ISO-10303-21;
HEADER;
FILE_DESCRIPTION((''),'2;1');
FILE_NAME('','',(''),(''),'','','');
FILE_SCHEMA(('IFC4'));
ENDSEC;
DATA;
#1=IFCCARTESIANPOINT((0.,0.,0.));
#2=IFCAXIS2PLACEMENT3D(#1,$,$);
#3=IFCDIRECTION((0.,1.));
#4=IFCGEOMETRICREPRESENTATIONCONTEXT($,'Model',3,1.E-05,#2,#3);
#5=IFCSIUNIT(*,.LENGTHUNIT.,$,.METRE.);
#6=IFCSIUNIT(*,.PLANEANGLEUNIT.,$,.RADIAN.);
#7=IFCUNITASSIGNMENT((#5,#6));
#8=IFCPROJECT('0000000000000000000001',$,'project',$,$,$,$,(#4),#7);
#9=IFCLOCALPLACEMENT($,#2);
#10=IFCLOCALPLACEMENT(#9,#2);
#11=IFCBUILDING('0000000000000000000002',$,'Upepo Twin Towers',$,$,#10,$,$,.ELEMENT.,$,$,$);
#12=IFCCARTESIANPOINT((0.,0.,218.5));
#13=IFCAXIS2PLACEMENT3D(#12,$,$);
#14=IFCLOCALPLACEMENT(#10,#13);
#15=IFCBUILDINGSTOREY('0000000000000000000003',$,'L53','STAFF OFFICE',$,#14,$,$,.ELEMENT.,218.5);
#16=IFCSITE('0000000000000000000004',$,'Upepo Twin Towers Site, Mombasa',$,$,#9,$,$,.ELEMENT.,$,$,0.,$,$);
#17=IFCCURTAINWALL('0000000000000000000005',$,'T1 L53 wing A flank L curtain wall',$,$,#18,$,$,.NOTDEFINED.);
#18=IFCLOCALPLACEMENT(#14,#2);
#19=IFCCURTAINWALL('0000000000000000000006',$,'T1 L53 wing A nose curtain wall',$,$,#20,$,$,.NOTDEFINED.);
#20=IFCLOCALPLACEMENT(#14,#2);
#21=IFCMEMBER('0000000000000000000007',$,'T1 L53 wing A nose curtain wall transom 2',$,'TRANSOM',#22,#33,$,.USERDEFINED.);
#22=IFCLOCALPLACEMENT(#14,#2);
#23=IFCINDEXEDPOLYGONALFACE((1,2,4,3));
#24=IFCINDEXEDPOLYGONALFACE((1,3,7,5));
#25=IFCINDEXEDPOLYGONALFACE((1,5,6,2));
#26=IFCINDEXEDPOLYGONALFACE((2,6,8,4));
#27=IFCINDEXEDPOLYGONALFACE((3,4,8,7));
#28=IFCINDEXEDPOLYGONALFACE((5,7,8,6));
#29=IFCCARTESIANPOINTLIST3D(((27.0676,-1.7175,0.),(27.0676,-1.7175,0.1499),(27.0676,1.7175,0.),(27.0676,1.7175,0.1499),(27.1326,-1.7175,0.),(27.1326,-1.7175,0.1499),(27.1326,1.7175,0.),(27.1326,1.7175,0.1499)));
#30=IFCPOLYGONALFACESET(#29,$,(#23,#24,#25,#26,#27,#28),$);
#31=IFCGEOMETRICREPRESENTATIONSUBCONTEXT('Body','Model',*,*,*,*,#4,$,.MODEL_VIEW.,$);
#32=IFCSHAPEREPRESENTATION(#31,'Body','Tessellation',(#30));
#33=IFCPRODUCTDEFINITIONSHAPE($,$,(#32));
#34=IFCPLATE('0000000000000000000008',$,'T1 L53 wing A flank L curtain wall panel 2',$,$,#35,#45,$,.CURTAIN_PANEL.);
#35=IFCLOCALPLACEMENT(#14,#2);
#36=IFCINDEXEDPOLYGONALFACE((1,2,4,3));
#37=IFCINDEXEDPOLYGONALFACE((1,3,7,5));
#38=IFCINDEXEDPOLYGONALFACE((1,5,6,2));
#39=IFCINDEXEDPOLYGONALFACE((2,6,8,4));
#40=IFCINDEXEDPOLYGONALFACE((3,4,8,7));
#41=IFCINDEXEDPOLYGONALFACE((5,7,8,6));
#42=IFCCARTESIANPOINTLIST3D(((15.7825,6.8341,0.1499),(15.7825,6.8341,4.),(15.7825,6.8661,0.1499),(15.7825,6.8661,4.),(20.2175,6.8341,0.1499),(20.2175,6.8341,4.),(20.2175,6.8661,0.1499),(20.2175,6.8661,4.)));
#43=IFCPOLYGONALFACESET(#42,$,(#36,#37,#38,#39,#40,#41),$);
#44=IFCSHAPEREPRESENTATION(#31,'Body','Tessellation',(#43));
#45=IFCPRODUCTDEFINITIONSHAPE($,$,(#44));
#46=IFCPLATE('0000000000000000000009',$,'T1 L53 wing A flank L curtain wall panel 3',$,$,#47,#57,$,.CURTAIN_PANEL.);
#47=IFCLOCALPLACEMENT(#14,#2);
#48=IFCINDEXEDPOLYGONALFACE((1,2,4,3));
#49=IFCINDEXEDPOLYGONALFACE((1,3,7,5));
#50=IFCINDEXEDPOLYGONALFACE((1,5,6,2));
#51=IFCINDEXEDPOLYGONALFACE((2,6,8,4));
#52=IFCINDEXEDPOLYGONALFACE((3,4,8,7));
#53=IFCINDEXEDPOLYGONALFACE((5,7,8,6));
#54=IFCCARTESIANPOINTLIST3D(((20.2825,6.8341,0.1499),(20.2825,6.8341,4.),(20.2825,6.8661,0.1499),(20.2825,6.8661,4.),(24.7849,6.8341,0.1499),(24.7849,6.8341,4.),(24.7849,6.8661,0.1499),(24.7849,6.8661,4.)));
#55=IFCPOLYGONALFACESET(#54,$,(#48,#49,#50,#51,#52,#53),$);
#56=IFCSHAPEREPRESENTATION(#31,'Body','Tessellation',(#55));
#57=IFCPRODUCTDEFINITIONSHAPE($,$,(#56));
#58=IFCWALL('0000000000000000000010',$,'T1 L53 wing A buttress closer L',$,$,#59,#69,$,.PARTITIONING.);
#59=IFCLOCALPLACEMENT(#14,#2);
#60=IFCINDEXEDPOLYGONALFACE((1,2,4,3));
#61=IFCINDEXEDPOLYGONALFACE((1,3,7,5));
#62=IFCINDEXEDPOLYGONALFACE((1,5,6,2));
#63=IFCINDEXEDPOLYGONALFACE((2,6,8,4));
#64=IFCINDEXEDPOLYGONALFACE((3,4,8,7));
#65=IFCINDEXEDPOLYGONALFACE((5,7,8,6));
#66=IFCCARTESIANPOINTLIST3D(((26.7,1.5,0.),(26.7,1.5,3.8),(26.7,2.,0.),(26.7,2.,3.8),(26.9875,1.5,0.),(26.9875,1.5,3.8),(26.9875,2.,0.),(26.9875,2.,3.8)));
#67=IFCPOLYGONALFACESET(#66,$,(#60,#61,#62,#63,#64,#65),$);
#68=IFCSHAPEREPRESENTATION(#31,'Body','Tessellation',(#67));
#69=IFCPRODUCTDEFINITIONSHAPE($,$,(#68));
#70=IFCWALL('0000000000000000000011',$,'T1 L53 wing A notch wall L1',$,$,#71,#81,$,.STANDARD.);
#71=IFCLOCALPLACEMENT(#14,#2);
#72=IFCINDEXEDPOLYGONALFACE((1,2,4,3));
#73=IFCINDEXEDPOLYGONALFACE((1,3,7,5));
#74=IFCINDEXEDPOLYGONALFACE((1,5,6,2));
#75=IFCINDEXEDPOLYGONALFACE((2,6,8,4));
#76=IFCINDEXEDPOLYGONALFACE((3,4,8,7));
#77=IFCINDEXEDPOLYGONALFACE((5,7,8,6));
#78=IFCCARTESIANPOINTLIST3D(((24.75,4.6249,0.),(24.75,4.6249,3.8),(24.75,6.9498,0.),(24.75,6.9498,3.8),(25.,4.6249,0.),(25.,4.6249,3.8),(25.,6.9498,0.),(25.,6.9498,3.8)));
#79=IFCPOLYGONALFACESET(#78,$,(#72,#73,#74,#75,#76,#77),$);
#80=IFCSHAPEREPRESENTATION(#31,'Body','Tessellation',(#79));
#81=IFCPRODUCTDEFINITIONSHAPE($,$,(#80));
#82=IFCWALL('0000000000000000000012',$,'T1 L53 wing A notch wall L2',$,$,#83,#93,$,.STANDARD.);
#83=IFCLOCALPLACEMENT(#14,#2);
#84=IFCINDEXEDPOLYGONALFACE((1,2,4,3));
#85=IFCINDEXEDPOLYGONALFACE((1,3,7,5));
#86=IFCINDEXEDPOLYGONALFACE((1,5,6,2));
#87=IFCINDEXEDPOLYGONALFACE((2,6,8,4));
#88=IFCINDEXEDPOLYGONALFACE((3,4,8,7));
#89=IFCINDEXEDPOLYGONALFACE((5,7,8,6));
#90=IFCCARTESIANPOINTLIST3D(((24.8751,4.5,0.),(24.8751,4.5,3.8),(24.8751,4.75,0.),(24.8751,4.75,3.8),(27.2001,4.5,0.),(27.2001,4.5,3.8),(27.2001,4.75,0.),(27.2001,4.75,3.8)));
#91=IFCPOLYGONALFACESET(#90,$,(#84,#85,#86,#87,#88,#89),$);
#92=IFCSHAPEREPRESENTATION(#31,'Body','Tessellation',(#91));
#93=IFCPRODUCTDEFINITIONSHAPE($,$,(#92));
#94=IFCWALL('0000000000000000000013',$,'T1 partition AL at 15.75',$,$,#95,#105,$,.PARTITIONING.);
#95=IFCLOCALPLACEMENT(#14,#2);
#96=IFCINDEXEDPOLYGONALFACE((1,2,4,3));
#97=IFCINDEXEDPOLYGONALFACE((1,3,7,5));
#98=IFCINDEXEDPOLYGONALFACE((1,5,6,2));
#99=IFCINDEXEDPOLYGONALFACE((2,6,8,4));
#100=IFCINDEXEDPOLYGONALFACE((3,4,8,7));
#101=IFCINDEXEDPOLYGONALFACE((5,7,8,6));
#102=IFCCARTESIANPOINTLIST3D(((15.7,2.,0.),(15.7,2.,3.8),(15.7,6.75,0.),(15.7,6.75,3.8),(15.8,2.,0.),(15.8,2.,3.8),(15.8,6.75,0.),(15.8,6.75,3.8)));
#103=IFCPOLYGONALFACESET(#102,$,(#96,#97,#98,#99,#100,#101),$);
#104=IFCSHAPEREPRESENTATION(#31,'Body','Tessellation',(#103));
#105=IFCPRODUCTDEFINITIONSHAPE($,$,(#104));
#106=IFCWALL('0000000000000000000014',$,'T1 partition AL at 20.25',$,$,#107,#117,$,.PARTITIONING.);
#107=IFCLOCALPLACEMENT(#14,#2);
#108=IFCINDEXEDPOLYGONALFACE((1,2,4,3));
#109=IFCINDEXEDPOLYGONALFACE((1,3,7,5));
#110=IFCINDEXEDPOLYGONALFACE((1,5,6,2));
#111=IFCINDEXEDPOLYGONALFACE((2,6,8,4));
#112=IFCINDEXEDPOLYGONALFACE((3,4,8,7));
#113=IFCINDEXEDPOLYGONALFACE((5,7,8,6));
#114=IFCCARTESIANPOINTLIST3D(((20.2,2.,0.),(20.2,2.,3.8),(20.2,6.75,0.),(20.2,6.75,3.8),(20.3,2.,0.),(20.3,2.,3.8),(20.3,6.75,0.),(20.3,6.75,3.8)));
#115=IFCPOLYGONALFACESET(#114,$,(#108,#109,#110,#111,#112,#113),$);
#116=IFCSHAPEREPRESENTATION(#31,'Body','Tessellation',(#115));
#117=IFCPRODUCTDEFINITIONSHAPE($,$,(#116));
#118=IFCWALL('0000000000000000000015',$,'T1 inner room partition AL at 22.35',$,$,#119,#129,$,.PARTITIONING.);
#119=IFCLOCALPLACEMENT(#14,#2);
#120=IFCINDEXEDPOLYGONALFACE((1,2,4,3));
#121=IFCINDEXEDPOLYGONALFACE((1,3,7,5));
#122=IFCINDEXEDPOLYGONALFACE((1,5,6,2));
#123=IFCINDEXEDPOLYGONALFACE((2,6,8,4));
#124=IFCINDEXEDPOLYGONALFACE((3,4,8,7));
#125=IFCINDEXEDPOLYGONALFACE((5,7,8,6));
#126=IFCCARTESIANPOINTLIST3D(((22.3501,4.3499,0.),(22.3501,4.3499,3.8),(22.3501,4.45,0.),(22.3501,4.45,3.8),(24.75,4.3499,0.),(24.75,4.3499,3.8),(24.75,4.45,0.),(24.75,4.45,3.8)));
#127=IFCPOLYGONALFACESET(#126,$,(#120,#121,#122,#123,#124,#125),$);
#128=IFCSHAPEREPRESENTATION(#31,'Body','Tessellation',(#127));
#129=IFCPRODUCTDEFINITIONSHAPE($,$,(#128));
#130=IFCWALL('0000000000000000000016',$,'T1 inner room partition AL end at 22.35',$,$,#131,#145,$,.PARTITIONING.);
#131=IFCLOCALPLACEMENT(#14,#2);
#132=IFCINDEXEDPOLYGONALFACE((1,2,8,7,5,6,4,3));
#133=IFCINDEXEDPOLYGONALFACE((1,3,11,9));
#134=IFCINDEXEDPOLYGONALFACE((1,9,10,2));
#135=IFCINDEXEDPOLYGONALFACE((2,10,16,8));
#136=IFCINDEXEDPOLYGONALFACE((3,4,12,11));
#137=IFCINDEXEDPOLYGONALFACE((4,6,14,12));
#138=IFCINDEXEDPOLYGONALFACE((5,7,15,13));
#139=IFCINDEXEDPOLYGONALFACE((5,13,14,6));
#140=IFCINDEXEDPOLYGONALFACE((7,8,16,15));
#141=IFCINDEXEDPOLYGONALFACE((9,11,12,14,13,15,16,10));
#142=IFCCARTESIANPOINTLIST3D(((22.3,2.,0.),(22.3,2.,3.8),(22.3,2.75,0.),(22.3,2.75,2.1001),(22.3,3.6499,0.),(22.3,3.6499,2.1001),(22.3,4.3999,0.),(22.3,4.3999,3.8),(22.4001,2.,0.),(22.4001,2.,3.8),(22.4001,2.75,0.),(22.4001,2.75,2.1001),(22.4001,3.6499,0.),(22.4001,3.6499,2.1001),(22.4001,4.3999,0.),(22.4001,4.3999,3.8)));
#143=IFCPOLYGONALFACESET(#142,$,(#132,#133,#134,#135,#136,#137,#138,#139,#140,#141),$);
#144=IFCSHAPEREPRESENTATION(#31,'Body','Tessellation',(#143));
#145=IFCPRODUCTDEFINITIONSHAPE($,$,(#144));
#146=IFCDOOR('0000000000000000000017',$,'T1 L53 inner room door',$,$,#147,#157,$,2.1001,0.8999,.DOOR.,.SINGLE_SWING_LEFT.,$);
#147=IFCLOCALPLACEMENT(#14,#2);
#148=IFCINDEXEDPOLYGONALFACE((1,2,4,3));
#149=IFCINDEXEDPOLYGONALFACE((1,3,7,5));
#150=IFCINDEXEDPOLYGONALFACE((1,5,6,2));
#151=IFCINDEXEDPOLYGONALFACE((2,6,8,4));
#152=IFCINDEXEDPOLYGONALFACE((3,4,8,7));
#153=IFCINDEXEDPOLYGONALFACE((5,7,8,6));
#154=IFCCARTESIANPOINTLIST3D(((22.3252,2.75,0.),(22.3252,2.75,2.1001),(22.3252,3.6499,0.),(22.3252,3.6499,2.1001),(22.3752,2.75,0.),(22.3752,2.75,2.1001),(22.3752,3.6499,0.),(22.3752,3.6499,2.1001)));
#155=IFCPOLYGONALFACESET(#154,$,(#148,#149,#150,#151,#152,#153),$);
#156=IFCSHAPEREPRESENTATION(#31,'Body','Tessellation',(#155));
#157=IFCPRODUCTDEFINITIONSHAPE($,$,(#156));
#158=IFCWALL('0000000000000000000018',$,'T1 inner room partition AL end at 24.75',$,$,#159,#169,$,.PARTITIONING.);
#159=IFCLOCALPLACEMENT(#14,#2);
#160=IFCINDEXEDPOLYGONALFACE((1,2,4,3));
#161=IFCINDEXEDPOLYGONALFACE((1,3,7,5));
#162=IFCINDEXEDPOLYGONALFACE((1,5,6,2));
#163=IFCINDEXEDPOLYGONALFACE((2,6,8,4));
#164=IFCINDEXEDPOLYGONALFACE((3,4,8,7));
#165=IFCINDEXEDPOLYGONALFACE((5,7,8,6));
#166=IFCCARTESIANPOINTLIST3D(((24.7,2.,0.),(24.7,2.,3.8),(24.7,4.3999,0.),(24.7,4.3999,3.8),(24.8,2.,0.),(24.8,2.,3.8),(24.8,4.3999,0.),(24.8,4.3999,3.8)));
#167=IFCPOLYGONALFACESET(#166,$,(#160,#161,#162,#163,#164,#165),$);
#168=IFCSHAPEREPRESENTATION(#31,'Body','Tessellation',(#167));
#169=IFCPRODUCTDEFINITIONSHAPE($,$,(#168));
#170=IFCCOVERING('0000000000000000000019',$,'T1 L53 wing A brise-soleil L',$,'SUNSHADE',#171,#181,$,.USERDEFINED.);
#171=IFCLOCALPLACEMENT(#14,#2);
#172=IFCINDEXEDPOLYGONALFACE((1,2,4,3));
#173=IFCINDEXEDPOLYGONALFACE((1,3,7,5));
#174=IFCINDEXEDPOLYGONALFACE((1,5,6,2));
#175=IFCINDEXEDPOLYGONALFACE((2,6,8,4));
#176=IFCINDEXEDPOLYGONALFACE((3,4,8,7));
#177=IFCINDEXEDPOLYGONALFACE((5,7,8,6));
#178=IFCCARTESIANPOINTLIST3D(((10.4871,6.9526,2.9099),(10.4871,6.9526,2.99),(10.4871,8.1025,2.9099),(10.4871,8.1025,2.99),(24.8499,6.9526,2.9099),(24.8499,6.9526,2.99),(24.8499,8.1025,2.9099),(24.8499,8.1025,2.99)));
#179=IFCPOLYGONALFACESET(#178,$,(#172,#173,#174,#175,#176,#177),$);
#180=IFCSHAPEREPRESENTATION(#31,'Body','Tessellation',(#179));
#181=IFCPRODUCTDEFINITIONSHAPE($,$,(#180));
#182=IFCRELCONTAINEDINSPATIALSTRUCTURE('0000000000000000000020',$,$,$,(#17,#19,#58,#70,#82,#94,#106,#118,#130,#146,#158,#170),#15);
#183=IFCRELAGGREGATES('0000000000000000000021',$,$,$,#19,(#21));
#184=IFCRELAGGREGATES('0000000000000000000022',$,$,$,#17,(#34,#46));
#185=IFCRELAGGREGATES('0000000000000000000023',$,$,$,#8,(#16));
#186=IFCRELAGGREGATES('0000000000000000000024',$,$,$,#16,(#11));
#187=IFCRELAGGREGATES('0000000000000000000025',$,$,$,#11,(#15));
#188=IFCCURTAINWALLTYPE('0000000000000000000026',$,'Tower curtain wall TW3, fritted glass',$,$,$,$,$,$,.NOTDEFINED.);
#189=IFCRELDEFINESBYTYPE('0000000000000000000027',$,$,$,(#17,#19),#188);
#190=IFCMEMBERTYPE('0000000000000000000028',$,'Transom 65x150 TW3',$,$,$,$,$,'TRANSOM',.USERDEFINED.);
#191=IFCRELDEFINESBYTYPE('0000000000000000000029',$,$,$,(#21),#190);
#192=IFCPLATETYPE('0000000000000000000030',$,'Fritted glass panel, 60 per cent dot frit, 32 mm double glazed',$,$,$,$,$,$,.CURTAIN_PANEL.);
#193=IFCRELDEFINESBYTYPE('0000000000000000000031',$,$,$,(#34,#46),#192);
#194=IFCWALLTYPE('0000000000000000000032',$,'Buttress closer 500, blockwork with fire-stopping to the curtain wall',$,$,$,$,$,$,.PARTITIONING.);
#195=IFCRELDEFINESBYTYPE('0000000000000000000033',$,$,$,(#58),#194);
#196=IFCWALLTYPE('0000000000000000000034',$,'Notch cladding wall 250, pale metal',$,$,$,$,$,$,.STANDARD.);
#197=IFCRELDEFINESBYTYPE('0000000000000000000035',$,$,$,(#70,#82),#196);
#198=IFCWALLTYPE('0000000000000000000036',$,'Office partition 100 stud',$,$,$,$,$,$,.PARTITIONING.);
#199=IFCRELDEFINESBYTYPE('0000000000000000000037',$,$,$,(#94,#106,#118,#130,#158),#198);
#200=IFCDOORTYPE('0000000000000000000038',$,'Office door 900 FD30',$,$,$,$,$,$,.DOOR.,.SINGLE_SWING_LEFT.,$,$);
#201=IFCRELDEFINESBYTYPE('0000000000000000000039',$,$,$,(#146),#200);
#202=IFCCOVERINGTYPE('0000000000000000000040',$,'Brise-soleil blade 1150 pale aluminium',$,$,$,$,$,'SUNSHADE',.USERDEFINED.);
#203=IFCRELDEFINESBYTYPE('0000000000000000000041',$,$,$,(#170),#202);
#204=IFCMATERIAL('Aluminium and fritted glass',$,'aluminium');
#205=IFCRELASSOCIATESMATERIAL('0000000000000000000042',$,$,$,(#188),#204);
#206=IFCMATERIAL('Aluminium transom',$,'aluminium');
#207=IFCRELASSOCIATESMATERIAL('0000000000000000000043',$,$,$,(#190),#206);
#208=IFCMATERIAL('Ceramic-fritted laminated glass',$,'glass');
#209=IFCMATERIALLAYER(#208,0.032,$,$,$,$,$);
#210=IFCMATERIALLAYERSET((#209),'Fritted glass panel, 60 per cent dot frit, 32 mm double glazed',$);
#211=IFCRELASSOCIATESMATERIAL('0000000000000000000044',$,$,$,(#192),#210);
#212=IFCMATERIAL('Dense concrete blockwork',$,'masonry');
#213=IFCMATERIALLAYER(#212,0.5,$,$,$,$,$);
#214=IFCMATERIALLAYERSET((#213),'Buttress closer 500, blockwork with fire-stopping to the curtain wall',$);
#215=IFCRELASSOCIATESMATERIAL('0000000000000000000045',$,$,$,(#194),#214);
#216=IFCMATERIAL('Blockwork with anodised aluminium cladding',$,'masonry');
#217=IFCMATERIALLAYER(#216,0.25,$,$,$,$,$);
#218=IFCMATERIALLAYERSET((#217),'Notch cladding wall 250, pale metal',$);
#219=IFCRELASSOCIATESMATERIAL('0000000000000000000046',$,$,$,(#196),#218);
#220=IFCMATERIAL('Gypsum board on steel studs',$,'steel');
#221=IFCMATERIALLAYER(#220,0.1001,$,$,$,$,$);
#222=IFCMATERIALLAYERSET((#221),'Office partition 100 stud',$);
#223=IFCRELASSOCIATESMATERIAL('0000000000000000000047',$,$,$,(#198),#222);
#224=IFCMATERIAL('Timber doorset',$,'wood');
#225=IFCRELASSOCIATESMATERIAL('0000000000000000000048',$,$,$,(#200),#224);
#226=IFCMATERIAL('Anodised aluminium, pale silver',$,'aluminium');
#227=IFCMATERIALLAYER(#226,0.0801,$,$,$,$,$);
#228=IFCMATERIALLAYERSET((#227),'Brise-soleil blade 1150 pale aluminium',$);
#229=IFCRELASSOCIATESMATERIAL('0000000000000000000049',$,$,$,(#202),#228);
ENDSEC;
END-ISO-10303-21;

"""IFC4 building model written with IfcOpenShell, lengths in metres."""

from ifc_helpers import new_model, si_unit, direction, frame, frame_2d, origin, origin_2d, place, context, subcontext, project, spatial, rectangle, extrude, material, layer, layer_set, material_profile, profile_set, type_object, element, fill, aggregate, save


model = new_model("IFC4")

# Units and contexts
model_context = context("Model", 3, precision=1e-05, world=origin(), true_north=direction((0.0, 1.0)))
body_context = subcontext(model_context, "Body", "Model", "MODEL_VIEW")
ifc_project = project(units=[si_unit("LENGTHUNIT", "METRE"), si_unit("PLANEANGLEUNIT", "RADIAN")], contexts=[model_context])

# Site, building, storey
site_placement = place(None, origin())
site = spatial("IfcSite", under=ifc_project, at=site_placement, Name="Upepo Twin Towers Site, Mombasa", CompositionType="ELEMENT", RefElevation=0.0)
building_placement = place(site_placement, origin())
building = spatial("IfcBuilding", under=site, at=building_placement, Name="Upepo Twin Towers", CompositionType="ELEMENT")
storey_placement = place(building_placement, frame((0.0, 0.0, 218.5)))
storey = spatial("IfcBuildingStorey", under=building, at=storey_placement, Name="L53", Description="STAFF OFFICE", CompositionType="ELEMENT", Elevation=218.5)

# Curtain walls
ifc_material_1 = material(Name="Aluminium and fritted glass", Category="aluminium")
curtain_wall_type = type_object("IfcCurtainWallType", Name="Tower curtain wall TW3, fritted glass", PredefinedType="NOTDEFINED", material=ifc_material_1)
curtain_wall_1_placement = place(storey_placement, origin())
curtain_wall_1 = element("IfcCurtainWall", 1, at=curtain_wall_1_placement, inside=storey, type_object=curtain_wall_type, Name="T1 L53 wing A flank L curtain wall", PredefinedType="NOTDEFINED")
curtain_wall_2_placement = place(storey_placement, origin())
curtain_wall_2 = element("IfcCurtainWall", 2, at=curtain_wall_2_placement, inside=storey, type_object=curtain_wall_type, Name="T1 L53 wing A nose curtain wall", PredefinedType="NOTDEFINED")

# Member
ifc_material_2 = material(Name="Aluminium transom", Category="aluminium")
ifc_material_profile_1 = material_profile(ifc_material_2, rectangle(XDim=0.0649, YDim=0.1499, at=origin_2d()), Name="TRANSOM 65x150")
ifc_profile_set_1 = profile_set([ifc_material_profile_1], Name="Aluminium transom")
member_type_1 = type_object("IfcMemberType", Name="Transom 65x150 TW3", ElementType="TRANSOM", PredefinedType="USERDEFINED", material=ifc_profile_set_1)
member_1_placement = place(storey_placement, frame((27.1001, -1.7175, 0.075), z_axis=(0.0, 1.0, 0.0), x_axis=(-1.0, 0.0, 0.0)))
member_1 = element("IfcMember", 3, at=member_1_placement, type_object=member_type_1, Name="T1 L53 wing A nose curtain wall transom 2", ObjectType="TRANSOM", PredefinedType="USERDEFINED", context=body_context, shape_type="SweptSolid", body=[
    extrude(rectangle(XDim=0.0649, YDim=0.1499, at=origin_2d()), origin(), (0.0, 0.0, 1.0), 3.4351),
])
aggregate(curtain_wall_2, [member_1])

# Plates
ifc_material_3 = material(Name="Ceramic-fritted laminated glass", Category="glass")
ifc_layer_1 = layer(ifc_material_3, 0.032)
ifc_layer_set_1 = layer_set([ifc_layer_1], Name="Fritted glass panel, 60 per cent dot frit, 32 mm double glazed")
plate_type = type_object("IfcPlateType", Name="Fritted glass panel, 60 per cent dot frit, 32 mm double glazed", PredefinedType="CURTAIN_PANEL", material=ifc_layer_set_1)
plate_1_placement = place(storey_placement, frame((18.0, 6.8501, 0.1499), z_axis=(0.0, 0.0, 1.0), x_axis=(1.0, 0.0, 0.0)))
plate_1 = element("IfcPlate", 4, at=plate_1_placement, type_object=plate_type, Name="T1 L53 wing A flank L curtain wall panel 2", PredefinedType="CURTAIN_PANEL", context=body_context, shape_type="SweptSolid", body=[
    extrude(rectangle(XDim=4.4351, YDim=0.032, at=origin_2d()), origin(), (0.0, 0.0, 1.0), 3.8501),
])
plate_2_placement = place(storey_placement, frame((22.5337, 6.8501, 0.1499), z_axis=(0.0, 0.0, 1.0), x_axis=(1.0, 0.0, 0.0)))
plate_2 = element("IfcPlate", 5, at=plate_2_placement, type_object=plate_type, Name="T1 L53 wing A flank L curtain wall panel 3", PredefinedType="CURTAIN_PANEL", context=body_context, shape_type="SweptSolid", body=[
    extrude(rectangle(XDim=4.5024, YDim=0.032, at=origin_2d()), origin(), (0.0, 0.0, 1.0), 3.8501),
])
aggregate(curtain_wall_1, [plate_1, plate_2])

# Walls
ifc_material_4 = material(Name="Dense concrete blockwork", Category="masonry")
ifc_layer_2 = layer(ifc_material_4, 0.5)
ifc_layer_set_2 = layer_set([ifc_layer_2], Name="Buttress closer 500, blockwork with fire-stopping to the curtain wall")
wall_type_1 = type_object("IfcWallType", Name="Buttress closer 500, blockwork with fire-stopping to the curtain wall", PredefinedType="PARTITIONING", material=ifc_layer_set_2)
wall_1_placement = place(storey_placement, frame((26.7, 1.75, 0.0), z_axis=(0.0, 0.0, 1.0), x_axis=(1.0, 0.0, 0.0)))
element("IfcWall", 6, at=wall_1_placement, inside=storey, type_object=wall_type_1, Name="T1 L53 wing A buttress closer L", PredefinedType="PARTITIONING", context=body_context, shape_type="SweptSolid", body=[
    extrude(rectangle(XDim=0.2876, YDim=0.5, at=frame_2d((0.1438, 0.0))), origin(), (0.0, 0.0, 1.0), 3.8),
])
ifc_material_5 = material(Name="Blockwork with anodised aluminium cladding", Category="masonry")
ifc_layer_3 = layer(ifc_material_5, 0.25)
ifc_layer_set_3 = layer_set([ifc_layer_3], Name="Notch cladding wall 250, pale metal")
wall_type_2 = type_object("IfcWallType", Name="Notch cladding wall 250, pale metal", PredefinedType="STANDARD", material=ifc_layer_set_3)
for number, where, z_axis, x_axis, name in (
    (7, (24.875, 6.95, 0.0), (0.0, 0.0, 1.0), (0.0, -1.0, 0.0), "T1 L53 wing A notch wall L1"),
    (8, (24.875, 4.625, 0.0), (0.0, 0.0, 1.0), (1.0, 0.0, 0.0), "T1 L53 wing A notch wall L2"),
):
    element("IfcWall", number, at=place(storey_placement, frame(where, z_axis=z_axis, x_axis=x_axis)), inside=storey, type_object=wall_type_2, Name=name, PredefinedType="STANDARD", context=body_context, shape_type="SweptSolid", body=[
        extrude(rectangle(XDim=2.325, YDim=0.25, at=frame_2d((1.1626, 0.0))), origin(), (0.0, 0.0, 1.0), 3.8),
    ])
ifc_material_6 = material(Name="Gypsum board on steel studs", Category="steel")
ifc_layer_4 = layer(ifc_material_6, 0.1001)
ifc_layer_set_4 = layer_set([ifc_layer_4], Name="Office partition 100 stud")
wall_type_3 = type_object("IfcWallType", Name="Office partition 100 stud", PredefinedType="PARTITIONING", material=ifc_layer_set_4)
for number, where, z_axis, x_axis, name in (
    (9, (15.75, 2.0, 0.0), (0.0, 0.0, 1.0), (0.0, 1.0, 0.0), "T1 partition AL at 15.75"),
    (10, (20.25, 2.0, 0.0), (0.0, 0.0, 1.0), (0.0, 1.0, 0.0), "T1 partition AL at 20.25"),
):
    element("IfcWall", number, at=place(storey_placement, frame(where, z_axis=z_axis, x_axis=x_axis)), inside=storey, type_object=wall_type_3, Name=name, PredefinedType="PARTITIONING", context=body_context, shape_type="SweptSolid", body=[
        extrude(rectangle(XDim=4.75, YDim=0.1001, at=frame_2d((2.375, 0.0))), origin(), (0.0, 0.0, 1.0), 3.8),
    ])
wall_2_placement = place(storey_placement, frame((22.3501, 4.3999, 0.0), z_axis=(0.0, 0.0, 1.0), x_axis=(1.0, 0.0, 0.0)))
element("IfcWall", 11, at=wall_2_placement, inside=storey, type_object=wall_type_3, Name="T1 inner room partition AL at 22.35", PredefinedType="PARTITIONING", context=body_context, shape_type="SweptSolid", body=[
    extrude(rectangle(XDim=2.3999, YDim=0.1001, at=frame_2d((1.2, 0.0))), origin(), (0.0, 0.0, 1.0), 3.8),
])

# Wall, opening, door
wall_3_placement = place(storey_placement, frame((22.3501, 2.0, 0.0), z_axis=(0.0, 0.0, 1.0), x_axis=(0.0, 1.0, 0.0)))
wall_3 = element("IfcWall", 12, at=wall_3_placement, inside=storey, type_object=wall_type_3, Name="T1 inner room partition AL end at 22.35", PredefinedType="PARTITIONING", context=body_context, shape_type="SweptSolid", body=[
    extrude(rectangle(XDim=2.3999, YDim=0.1001, at=frame_2d((1.2, 0.0))), origin(), (0.0, 0.0, 1.0), 3.8),
])
opening_placement = place(wall_3_placement, frame((0.75, 0.0, 0.0)))
opening = element("IfcOpeningElement", 13, at=opening_placement, cuts=wall_3, PredefinedType="OPENING", context=body_context, shape_type="SweptSolid", body=[
    extrude(rectangle(XDim=0.8999, YDim=2.1001, at=frame_2d((0.45, 1.05))), frame((0.0, 0.0601, 0.0), z_axis=(0.0, -1.0, 0.0), x_axis=(1.0, 0.0, 0.0)), (0.0, 0.0, 1.0), 0.1201),
])
ifc_material_7 = material(Name="Timber doorset", Category="wood")
door_type = type_object("IfcDoorType", Name="Office door 900 FD30", OperationType="SINGLE_SWING_LEFT", PredefinedType="DOOR", material=ifc_material_7)
door_placement = place(opening_placement, origin())
door = element("IfcDoor", 14, at=door_placement, inside=storey, type_object=door_type, Name="T1 L53 inner room door", OperationType="SINGLE_SWING_LEFT", OverallHeight=2.1001, OverallWidth=0.8999, PredefinedType="DOOR", context=body_context, shape_type="SweptSolid", body=[
    extrude(rectangle(XDim=0.8999, YDim=2.1001, at=frame_2d((0.45, 1.05))), frame((0.0, 0.0249, 0.0), z_axis=(0.0, -1.0, 0.0), x_axis=(1.0, 0.0, 0.0)), (0.0, 0.0, 1.0), 0.05),
])
fill(opening, door)

# Wall
wall_4_placement = place(storey_placement, frame((24.75, 2.0, 0.0), z_axis=(0.0, 0.0, 1.0), x_axis=(0.0, 1.0, 0.0)))
element("IfcWall", 15, at=wall_4_placement, inside=storey, type_object=wall_type_3, Name="T1 inner room partition AL end at 24.75", PredefinedType="PARTITIONING", context=body_context, shape_type="SweptSolid", body=[
    extrude(rectangle(XDim=2.3999, YDim=0.1001, at=frame_2d((1.2, 0.0))), origin(), (0.0, 0.0, 1.0), 3.8),
])

# Covering
ifc_material_8 = material(Name="Anodised aluminium, pale silver", Category="aluminium")
ifc_layer_5 = layer(ifc_material_8, 0.0801)
ifc_layer_set_5 = layer_set([ifc_layer_5], Name="Brise-soleil blade 1150 pale aluminium")
covering_type = type_object("IfcCoveringType", Name="Brise-soleil blade 1150 pale aluminium", ElementType="SUNSHADE", PredefinedType="USERDEFINED", material=ifc_layer_set_5)
covering_placement = place(storey_placement, frame((17.6685, 7.5276, 2.9099), z_axis=(0.0, 0.0, 1.0), x_axis=(1.0, 0.0, 0.0)))
element("IfcCovering", 16, at=covering_placement, inside=storey, type_object=covering_type, Name="T1 L53 wing A brise-soleil L", ObjectType="SUNSHADE", PredefinedType="USERDEFINED", context=body_context, shape_type="SweptSolid", body=[
    extrude(rectangle(XDim=14.3628, YDim=1.1499, at=origin_2d()), origin(), (0.0, 0.0, 1.0), 0.0801),
])

save(model, "model.ifc")
